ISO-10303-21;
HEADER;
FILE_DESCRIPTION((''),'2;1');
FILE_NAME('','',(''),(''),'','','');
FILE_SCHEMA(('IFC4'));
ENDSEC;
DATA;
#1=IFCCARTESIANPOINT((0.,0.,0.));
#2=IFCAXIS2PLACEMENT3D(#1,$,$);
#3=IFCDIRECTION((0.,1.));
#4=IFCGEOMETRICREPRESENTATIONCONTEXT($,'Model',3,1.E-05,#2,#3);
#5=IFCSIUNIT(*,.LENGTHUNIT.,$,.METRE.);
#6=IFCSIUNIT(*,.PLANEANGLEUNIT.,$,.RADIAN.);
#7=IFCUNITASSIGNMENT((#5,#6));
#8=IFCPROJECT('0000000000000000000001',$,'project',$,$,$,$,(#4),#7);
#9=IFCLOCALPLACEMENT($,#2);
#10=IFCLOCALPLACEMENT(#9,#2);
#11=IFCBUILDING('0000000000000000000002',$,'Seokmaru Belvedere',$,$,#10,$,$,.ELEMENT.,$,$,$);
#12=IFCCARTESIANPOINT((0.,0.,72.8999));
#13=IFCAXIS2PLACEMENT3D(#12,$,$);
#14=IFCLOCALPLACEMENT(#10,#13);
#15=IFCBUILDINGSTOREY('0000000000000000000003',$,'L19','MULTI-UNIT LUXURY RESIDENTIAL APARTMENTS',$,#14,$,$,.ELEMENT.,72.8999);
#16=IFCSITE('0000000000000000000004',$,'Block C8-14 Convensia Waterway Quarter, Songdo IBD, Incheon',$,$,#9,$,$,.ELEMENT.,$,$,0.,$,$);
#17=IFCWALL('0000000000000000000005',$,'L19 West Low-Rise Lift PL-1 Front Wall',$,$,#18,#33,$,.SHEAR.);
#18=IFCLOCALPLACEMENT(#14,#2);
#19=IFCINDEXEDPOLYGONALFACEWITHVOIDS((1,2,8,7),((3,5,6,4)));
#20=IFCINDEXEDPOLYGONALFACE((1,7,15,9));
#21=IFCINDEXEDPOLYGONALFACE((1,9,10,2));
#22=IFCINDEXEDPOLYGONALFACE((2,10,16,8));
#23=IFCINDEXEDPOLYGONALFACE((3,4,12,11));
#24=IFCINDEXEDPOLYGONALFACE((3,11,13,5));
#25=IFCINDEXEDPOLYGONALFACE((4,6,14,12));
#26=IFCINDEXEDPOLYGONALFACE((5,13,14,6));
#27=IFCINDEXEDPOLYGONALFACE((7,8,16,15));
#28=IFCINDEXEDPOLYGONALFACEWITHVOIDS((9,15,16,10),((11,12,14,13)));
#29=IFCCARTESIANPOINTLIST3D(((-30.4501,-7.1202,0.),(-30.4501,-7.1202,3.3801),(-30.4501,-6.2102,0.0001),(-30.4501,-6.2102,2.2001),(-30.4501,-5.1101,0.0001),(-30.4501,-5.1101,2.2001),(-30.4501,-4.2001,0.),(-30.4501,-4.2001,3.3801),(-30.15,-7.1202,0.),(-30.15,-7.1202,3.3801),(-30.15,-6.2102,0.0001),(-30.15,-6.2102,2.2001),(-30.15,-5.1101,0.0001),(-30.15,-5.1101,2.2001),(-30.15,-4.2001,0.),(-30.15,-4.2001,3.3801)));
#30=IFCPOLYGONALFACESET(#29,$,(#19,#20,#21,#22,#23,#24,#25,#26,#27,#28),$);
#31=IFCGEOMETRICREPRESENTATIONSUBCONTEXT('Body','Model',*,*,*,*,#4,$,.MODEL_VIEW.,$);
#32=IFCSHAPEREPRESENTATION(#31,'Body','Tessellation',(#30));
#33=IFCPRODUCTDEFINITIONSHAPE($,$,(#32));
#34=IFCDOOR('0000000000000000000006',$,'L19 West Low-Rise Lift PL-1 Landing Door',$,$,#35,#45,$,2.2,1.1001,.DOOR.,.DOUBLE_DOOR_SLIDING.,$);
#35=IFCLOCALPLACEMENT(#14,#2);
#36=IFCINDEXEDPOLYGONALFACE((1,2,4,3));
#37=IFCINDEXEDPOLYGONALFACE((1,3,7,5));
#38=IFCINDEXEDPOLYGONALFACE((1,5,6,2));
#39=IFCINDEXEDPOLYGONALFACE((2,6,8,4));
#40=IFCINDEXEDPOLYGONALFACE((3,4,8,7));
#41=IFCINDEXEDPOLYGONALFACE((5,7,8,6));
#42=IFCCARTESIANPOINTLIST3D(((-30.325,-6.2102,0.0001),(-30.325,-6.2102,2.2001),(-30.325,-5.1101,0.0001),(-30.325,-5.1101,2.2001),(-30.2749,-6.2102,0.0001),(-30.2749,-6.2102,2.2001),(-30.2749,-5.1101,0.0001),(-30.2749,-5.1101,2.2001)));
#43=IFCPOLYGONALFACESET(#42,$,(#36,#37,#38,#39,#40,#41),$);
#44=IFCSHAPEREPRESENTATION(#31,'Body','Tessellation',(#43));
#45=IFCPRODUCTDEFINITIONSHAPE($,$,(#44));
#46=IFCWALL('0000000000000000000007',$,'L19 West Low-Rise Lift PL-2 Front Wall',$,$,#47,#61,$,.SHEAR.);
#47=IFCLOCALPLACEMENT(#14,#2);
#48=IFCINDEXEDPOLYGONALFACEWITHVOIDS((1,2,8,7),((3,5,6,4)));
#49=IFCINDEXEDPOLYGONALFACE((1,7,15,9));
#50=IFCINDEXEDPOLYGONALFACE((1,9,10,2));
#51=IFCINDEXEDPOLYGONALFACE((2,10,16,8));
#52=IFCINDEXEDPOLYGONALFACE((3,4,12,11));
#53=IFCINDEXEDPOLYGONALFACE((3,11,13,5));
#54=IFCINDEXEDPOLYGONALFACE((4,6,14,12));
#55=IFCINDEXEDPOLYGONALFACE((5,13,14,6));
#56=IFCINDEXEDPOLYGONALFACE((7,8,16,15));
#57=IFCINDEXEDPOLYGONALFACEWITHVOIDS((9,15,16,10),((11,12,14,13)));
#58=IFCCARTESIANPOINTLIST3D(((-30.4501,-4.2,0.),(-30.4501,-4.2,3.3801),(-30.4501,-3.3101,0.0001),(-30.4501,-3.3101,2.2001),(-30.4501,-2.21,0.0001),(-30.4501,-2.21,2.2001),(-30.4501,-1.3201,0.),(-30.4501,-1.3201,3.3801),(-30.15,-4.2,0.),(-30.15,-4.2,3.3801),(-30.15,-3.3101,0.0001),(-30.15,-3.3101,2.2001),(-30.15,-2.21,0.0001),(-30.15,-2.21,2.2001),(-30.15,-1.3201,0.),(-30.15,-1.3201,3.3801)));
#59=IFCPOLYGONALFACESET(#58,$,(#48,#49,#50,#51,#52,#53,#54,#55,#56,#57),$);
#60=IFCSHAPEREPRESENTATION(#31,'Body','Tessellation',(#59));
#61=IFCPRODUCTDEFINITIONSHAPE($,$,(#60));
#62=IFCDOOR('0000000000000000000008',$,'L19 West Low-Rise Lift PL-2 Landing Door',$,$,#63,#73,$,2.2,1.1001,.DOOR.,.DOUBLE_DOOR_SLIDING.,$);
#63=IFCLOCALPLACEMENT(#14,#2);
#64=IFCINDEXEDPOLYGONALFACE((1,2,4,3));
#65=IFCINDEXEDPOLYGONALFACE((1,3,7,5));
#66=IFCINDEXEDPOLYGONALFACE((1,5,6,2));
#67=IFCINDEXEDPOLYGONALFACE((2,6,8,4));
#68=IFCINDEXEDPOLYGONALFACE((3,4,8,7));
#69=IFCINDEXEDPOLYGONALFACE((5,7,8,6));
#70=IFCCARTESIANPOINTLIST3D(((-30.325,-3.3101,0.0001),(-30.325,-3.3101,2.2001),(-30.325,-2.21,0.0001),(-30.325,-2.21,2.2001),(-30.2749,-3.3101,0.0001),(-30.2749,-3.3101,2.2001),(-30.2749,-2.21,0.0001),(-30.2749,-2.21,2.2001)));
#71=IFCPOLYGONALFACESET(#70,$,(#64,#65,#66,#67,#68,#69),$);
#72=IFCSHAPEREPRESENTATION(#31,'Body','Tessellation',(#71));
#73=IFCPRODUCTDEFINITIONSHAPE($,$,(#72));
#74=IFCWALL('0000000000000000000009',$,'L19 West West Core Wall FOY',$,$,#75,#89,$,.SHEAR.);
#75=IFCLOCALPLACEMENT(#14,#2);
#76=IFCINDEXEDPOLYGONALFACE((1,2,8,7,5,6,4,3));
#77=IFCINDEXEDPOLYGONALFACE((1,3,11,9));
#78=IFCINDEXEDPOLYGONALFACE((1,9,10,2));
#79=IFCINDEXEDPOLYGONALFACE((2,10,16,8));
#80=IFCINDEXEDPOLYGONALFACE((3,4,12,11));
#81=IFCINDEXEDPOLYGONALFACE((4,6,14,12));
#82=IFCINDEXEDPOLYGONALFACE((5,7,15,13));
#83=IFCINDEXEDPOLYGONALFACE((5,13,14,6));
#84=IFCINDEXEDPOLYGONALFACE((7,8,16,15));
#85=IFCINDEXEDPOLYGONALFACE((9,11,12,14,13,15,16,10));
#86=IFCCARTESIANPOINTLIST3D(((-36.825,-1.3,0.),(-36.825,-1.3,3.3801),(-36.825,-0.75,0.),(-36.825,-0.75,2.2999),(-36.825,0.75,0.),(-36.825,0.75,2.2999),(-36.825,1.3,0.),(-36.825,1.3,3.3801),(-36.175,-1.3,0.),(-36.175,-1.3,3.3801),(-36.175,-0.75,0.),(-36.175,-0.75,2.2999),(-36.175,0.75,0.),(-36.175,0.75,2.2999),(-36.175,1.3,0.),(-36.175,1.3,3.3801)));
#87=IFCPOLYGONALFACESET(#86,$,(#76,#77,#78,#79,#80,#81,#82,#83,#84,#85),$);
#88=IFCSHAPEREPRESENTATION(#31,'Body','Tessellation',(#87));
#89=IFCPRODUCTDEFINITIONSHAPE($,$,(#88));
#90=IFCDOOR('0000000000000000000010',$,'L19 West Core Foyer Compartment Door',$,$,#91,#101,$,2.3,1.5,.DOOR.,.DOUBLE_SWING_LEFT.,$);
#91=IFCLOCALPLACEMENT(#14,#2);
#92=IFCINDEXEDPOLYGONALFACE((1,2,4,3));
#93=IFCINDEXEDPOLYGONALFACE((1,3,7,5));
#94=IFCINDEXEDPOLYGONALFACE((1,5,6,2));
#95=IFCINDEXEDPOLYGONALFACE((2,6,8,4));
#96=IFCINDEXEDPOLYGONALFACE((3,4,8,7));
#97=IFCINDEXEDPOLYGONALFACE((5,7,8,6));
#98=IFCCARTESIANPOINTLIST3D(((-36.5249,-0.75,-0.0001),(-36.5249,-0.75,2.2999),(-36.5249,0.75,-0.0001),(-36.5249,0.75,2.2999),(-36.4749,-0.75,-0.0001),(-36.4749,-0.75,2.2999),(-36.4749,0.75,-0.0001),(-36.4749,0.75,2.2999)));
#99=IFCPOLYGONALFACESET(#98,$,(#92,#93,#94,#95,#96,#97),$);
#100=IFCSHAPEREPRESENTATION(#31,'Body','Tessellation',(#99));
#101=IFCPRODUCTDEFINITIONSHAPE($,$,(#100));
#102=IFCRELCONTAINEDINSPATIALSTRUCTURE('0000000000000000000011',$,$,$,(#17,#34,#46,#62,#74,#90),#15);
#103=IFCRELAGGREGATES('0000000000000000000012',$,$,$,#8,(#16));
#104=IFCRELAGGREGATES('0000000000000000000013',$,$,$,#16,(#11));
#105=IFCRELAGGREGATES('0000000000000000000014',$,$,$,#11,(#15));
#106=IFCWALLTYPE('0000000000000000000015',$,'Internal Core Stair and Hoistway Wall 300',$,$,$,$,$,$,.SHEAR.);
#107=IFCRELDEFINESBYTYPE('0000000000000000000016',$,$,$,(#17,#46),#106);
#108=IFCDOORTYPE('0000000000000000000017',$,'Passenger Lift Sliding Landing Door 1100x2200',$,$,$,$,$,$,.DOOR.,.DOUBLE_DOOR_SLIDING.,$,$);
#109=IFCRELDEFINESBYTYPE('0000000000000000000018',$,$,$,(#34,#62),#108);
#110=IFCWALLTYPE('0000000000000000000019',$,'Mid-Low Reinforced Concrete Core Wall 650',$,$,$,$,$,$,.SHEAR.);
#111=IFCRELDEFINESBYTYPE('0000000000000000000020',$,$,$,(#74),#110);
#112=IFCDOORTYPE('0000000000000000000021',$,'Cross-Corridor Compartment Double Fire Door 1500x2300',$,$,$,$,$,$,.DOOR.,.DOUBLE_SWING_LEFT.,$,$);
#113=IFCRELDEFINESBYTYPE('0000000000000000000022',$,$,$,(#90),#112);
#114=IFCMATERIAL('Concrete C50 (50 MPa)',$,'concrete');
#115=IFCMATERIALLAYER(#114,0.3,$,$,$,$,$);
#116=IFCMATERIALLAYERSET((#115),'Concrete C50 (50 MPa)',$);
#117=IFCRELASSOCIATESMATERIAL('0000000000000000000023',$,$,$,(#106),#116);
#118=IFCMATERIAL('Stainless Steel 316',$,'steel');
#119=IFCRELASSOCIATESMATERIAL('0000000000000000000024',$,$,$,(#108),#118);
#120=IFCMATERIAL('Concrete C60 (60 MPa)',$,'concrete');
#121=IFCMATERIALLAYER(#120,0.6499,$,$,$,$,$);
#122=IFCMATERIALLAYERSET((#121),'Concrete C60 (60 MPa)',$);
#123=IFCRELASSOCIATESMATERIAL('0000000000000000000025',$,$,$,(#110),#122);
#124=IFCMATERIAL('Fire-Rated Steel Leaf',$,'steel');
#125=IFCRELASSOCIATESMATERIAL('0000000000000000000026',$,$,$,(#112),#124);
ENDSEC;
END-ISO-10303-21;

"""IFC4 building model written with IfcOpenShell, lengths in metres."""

from ifc_helpers import new_model, si_unit, direction, frame, frame_2d, origin, place, context, subcontext, project, spatial, rectangle, extrude, source, transform, mapped, material, layer, layer_set, type_object, type_shapes, element, fill, save


model = new_model("IFC4")

# Units and contexts
model_context = context("Model", 3, precision=1e-05, world=origin(), true_north=direction((0.0, 1.0)))
body_context = subcontext(model_context, "Body", "Model", "MODEL_VIEW")
ifc_project = project(units=[si_unit("LENGTHUNIT", "METRE"), si_unit("PLANEANGLEUNIT", "RADIAN")], contexts=[model_context])

# Site, building, storey
site_placement = place(None, origin())
site = spatial("IfcSite", under=ifc_project, at=site_placement, Name="Block C8-14 Convensia Waterway Quarter, Songdo IBD, Incheon", CompositionType="ELEMENT", RefElevation=0.0)
building_placement = place(site_placement, origin())
building = spatial("IfcBuilding", under=site, at=building_placement, Name="Seokmaru Belvedere", CompositionType="ELEMENT")
storey_placement = place(building_placement, frame((0.0, 0.0, 72.8999)))
storey = spatial("IfcBuildingStorey", under=building, at=storey_placement, Name="L19", Description="MULTI-UNIT LUXURY RESIDENTIAL APARTMENTS", CompositionType="ELEMENT", Elevation=72.8999)

# Shared definitions
ifc_material_1 = material(Name="Concrete C50 (50 MPa)", Category="concrete")

# Walls, openings, doors
ifc_layer_1 = layer(ifc_material_1, 0.3)
ifc_layer_set_1 = layer_set([ifc_layer_1], Name="Concrete C50 (50 MPa)")
wall_type_1 = type_object("IfcWallType", Name="Internal Core Stair and Hoistway Wall 300", PredefinedType="SHEAR", material=ifc_layer_set_1)
wall_1_placement = place(storey_placement, frame((-30.3, -7.1201, 0.0), z_axis=(0.0, 0.0, 1.0), x_axis=(0.0, 1.0, 0.0)))
wall_1 = element("IfcWall", 1, at=wall_1_placement, inside=storey, type_object=wall_type_1, Name="L19 West Low-Rise Lift PL-1 Front Wall", PredefinedType="SHEAR", context=body_context, shape_type="SweptSolid", body=[
    extrude(rectangle(XDim=2.9202, YDim=0.3, at=frame_2d((1.46, 0.0))), origin(), (0.0, 0.0, 1.0), 3.3801),
])
opening_1_placement = place(wall_1_placement, frame((0.9099, 0.0, 0.0)))
opening_1 = element("IfcOpeningElement", 2, at=opening_1_placement, cuts=wall_1, PredefinedType="OPENING", context=body_context, shape_type="SweptSolid", body=[
    extrude(rectangle(XDim=1.1001, YDim=2.2, at=frame_2d((0.55, 1.1001))), frame((0.0, 0.1602, 0.0), z_axis=(0.0, -1.0, 0.0), x_axis=(1.0, 0.0, 0.0)), (0.0, 0.0, 1.0), 0.3201),
])
ifc_material_2 = material(Name="Stainless Steel 316", Category="steel")
door_type_1 = type_object("IfcDoorType", Name="Passenger Lift Sliding Landing Door 1100x2200", OperationType="DOUBLE_DOOR_SLIDING", PredefinedType="DOOR", material=ifc_material_2)
shared_shape_1 = source(origin(), body_context, "Body", "SweptSolid", [
    extrude(rectangle(XDim=1.1001, YDim=2.2, at=frame_2d((0.55, 1.1001))), frame((0.0, 0.0249, 0.0), z_axis=(0.0, -1.0, 0.0), x_axis=(1.0, 0.0, 0.0)), (0.0, 0.0, 1.0), 0.05),
])
type_shapes(door_type_1, [shared_shape_1])
door_1_placement = place(opening_1_placement, origin())
door_1 = element("IfcDoor", 3, at=door_1_placement, inside=storey, type_object=door_type_1, Name="L19 West Low-Rise Lift PL-1 Landing Door", OperationType="DOUBLE_DOOR_SLIDING", OverallHeight=2.2, OverallWidth=1.1001, PredefinedType="DOOR", context=body_context, shape_type="MappedRepresentation", body=[
    mapped(shared_shape_1, transform((0.0, 0.0, 0.0), scale=1.0)),
])
fill(opening_1, door_1)
wall_2_placement = place(storey_placement, frame((-30.3, -4.2, 0.0), z_axis=(0.0, 0.0, 1.0), x_axis=(0.0, 1.0, 0.0)))
wall_2 = element("IfcWall", 4, at=wall_2_placement, inside=storey, type_object=wall_type_1, Name="L19 West Low-Rise Lift PL-2 Front Wall", PredefinedType="SHEAR", context=body_context, shape_type="SweptSolid", body=[
    extrude(rectangle(XDim=2.8799, YDim=0.3, at=frame_2d((1.4399, 0.0))), origin(), (0.0, 0.0, 1.0), 3.3801),
])
opening_2_placement = place(wall_2_placement, frame((0.8899, 0.0, 0.0)))
opening_2 = element("IfcOpeningElement", 5, at=opening_2_placement, cuts=wall_2, PredefinedType="OPENING", context=body_context, shape_type="SweptSolid", body=[
    extrude(rectangle(XDim=1.1001, YDim=2.2, at=frame_2d((0.55, 1.1001))), frame((0.0, 0.1602, 0.0), z_axis=(0.0, -1.0, 0.0), x_axis=(1.0, 0.0, 0.0)), (0.0, 0.0, 1.0), 0.3201),
])
door_2_placement = place(opening_2_placement, origin())
door_2 = element("IfcDoor", 6, at=door_2_placement, inside=storey, type_object=door_type_1, Name="L19 West Low-Rise Lift PL-2 Landing Door", OperationType="DOUBLE_DOOR_SLIDING", OverallHeight=2.2, OverallWidth=1.1001, PredefinedType="DOOR", context=body_context, shape_type="MappedRepresentation", body=[
    mapped(shared_shape_1, transform((0.0, 0.0, 0.0), scale=1.0)),
])
fill(opening_2, door_2)
ifc_material_3 = material(Name="Concrete C60 (60 MPa)", Category="concrete")
ifc_layer_2 = layer(ifc_material_3, 0.6499)
ifc_layer_set_2 = layer_set([ifc_layer_2], Name="Concrete C60 (60 MPa)")
wall_type_2 = type_object("IfcWallType", Name="Mid-Low Reinforced Concrete Core Wall 650", PredefinedType="SHEAR", material=ifc_layer_set_2)
wall_3_placement = place(storey_placement, frame((-36.5, -1.3, 0.0), z_axis=(0.0, 0.0, 1.0), x_axis=(0.0, 1.0, 0.0)))
wall_3 = element("IfcWall", 7, at=wall_3_placement, inside=storey, type_object=wall_type_2, Name="L19 West West Core Wall FOY", PredefinedType="SHEAR", context=body_context, shape_type="SweptSolid", body=[
    extrude(rectangle(XDim=2.6001, YDim=0.6499, at=frame_2d((1.3, 0.0))), origin(), (0.0, 0.0, 1.0), 3.3801),
])
opening_3_placement = place(wall_3_placement, frame((0.55, 0.0, 0.0)))
opening_3 = element("IfcOpeningElement", 8, at=opening_3_placement, cuts=wall_3, PredefinedType="OPENING", context=body_context, shape_type="SweptSolid", body=[
    extrude(rectangle(XDim=1.5, YDim=2.3, at=frame_2d((0.75, 1.1499))), frame((0.0, 0.335, 0.0), z_axis=(0.0, -1.0, 0.0), x_axis=(1.0, 0.0, 0.0)), (0.0, 0.0, 1.0), 0.6699),
])
ifc_material_4 = material(Name="Fire-Rated Steel Leaf", Category="steel")
door_type_2 = type_object("IfcDoorType", Name="Cross-Corridor Compartment Double Fire Door 1500x2300", OperationType="DOUBLE_SWING_LEFT", PredefinedType="DOOR", material=ifc_material_4)
shared_shape_2 = source(origin(), body_context, "Body", "SweptSolid", [
    extrude(rectangle(XDim=1.5, YDim=2.3, at=frame_2d((0.75, 1.1499))), frame((0.0, 0.0249, 0.0), z_axis=(0.0, -1.0, 0.0), x_axis=(1.0, 0.0, 0.0)), (0.0, 0.0, 1.0), 0.05),
])
type_shapes(door_type_2, [shared_shape_2])
door_3_placement = place(opening_3_placement, origin())
door_3 = element("IfcDoor", 9, at=door_3_placement, inside=storey, type_object=door_type_2, Name="L19 West Core Foyer Compartment Door", OperationType="DOUBLE_SWING_LEFT", OverallHeight=2.3, OverallWidth=1.5, PredefinedType="DOOR", context=body_context, shape_type="MappedRepresentation", body=[
    mapped(shared_shape_2, transform((0.0, 0.0, 0.0), scale=1.0)),
])
fill(opening_3, door_3)

save(model, "model.ifc")
